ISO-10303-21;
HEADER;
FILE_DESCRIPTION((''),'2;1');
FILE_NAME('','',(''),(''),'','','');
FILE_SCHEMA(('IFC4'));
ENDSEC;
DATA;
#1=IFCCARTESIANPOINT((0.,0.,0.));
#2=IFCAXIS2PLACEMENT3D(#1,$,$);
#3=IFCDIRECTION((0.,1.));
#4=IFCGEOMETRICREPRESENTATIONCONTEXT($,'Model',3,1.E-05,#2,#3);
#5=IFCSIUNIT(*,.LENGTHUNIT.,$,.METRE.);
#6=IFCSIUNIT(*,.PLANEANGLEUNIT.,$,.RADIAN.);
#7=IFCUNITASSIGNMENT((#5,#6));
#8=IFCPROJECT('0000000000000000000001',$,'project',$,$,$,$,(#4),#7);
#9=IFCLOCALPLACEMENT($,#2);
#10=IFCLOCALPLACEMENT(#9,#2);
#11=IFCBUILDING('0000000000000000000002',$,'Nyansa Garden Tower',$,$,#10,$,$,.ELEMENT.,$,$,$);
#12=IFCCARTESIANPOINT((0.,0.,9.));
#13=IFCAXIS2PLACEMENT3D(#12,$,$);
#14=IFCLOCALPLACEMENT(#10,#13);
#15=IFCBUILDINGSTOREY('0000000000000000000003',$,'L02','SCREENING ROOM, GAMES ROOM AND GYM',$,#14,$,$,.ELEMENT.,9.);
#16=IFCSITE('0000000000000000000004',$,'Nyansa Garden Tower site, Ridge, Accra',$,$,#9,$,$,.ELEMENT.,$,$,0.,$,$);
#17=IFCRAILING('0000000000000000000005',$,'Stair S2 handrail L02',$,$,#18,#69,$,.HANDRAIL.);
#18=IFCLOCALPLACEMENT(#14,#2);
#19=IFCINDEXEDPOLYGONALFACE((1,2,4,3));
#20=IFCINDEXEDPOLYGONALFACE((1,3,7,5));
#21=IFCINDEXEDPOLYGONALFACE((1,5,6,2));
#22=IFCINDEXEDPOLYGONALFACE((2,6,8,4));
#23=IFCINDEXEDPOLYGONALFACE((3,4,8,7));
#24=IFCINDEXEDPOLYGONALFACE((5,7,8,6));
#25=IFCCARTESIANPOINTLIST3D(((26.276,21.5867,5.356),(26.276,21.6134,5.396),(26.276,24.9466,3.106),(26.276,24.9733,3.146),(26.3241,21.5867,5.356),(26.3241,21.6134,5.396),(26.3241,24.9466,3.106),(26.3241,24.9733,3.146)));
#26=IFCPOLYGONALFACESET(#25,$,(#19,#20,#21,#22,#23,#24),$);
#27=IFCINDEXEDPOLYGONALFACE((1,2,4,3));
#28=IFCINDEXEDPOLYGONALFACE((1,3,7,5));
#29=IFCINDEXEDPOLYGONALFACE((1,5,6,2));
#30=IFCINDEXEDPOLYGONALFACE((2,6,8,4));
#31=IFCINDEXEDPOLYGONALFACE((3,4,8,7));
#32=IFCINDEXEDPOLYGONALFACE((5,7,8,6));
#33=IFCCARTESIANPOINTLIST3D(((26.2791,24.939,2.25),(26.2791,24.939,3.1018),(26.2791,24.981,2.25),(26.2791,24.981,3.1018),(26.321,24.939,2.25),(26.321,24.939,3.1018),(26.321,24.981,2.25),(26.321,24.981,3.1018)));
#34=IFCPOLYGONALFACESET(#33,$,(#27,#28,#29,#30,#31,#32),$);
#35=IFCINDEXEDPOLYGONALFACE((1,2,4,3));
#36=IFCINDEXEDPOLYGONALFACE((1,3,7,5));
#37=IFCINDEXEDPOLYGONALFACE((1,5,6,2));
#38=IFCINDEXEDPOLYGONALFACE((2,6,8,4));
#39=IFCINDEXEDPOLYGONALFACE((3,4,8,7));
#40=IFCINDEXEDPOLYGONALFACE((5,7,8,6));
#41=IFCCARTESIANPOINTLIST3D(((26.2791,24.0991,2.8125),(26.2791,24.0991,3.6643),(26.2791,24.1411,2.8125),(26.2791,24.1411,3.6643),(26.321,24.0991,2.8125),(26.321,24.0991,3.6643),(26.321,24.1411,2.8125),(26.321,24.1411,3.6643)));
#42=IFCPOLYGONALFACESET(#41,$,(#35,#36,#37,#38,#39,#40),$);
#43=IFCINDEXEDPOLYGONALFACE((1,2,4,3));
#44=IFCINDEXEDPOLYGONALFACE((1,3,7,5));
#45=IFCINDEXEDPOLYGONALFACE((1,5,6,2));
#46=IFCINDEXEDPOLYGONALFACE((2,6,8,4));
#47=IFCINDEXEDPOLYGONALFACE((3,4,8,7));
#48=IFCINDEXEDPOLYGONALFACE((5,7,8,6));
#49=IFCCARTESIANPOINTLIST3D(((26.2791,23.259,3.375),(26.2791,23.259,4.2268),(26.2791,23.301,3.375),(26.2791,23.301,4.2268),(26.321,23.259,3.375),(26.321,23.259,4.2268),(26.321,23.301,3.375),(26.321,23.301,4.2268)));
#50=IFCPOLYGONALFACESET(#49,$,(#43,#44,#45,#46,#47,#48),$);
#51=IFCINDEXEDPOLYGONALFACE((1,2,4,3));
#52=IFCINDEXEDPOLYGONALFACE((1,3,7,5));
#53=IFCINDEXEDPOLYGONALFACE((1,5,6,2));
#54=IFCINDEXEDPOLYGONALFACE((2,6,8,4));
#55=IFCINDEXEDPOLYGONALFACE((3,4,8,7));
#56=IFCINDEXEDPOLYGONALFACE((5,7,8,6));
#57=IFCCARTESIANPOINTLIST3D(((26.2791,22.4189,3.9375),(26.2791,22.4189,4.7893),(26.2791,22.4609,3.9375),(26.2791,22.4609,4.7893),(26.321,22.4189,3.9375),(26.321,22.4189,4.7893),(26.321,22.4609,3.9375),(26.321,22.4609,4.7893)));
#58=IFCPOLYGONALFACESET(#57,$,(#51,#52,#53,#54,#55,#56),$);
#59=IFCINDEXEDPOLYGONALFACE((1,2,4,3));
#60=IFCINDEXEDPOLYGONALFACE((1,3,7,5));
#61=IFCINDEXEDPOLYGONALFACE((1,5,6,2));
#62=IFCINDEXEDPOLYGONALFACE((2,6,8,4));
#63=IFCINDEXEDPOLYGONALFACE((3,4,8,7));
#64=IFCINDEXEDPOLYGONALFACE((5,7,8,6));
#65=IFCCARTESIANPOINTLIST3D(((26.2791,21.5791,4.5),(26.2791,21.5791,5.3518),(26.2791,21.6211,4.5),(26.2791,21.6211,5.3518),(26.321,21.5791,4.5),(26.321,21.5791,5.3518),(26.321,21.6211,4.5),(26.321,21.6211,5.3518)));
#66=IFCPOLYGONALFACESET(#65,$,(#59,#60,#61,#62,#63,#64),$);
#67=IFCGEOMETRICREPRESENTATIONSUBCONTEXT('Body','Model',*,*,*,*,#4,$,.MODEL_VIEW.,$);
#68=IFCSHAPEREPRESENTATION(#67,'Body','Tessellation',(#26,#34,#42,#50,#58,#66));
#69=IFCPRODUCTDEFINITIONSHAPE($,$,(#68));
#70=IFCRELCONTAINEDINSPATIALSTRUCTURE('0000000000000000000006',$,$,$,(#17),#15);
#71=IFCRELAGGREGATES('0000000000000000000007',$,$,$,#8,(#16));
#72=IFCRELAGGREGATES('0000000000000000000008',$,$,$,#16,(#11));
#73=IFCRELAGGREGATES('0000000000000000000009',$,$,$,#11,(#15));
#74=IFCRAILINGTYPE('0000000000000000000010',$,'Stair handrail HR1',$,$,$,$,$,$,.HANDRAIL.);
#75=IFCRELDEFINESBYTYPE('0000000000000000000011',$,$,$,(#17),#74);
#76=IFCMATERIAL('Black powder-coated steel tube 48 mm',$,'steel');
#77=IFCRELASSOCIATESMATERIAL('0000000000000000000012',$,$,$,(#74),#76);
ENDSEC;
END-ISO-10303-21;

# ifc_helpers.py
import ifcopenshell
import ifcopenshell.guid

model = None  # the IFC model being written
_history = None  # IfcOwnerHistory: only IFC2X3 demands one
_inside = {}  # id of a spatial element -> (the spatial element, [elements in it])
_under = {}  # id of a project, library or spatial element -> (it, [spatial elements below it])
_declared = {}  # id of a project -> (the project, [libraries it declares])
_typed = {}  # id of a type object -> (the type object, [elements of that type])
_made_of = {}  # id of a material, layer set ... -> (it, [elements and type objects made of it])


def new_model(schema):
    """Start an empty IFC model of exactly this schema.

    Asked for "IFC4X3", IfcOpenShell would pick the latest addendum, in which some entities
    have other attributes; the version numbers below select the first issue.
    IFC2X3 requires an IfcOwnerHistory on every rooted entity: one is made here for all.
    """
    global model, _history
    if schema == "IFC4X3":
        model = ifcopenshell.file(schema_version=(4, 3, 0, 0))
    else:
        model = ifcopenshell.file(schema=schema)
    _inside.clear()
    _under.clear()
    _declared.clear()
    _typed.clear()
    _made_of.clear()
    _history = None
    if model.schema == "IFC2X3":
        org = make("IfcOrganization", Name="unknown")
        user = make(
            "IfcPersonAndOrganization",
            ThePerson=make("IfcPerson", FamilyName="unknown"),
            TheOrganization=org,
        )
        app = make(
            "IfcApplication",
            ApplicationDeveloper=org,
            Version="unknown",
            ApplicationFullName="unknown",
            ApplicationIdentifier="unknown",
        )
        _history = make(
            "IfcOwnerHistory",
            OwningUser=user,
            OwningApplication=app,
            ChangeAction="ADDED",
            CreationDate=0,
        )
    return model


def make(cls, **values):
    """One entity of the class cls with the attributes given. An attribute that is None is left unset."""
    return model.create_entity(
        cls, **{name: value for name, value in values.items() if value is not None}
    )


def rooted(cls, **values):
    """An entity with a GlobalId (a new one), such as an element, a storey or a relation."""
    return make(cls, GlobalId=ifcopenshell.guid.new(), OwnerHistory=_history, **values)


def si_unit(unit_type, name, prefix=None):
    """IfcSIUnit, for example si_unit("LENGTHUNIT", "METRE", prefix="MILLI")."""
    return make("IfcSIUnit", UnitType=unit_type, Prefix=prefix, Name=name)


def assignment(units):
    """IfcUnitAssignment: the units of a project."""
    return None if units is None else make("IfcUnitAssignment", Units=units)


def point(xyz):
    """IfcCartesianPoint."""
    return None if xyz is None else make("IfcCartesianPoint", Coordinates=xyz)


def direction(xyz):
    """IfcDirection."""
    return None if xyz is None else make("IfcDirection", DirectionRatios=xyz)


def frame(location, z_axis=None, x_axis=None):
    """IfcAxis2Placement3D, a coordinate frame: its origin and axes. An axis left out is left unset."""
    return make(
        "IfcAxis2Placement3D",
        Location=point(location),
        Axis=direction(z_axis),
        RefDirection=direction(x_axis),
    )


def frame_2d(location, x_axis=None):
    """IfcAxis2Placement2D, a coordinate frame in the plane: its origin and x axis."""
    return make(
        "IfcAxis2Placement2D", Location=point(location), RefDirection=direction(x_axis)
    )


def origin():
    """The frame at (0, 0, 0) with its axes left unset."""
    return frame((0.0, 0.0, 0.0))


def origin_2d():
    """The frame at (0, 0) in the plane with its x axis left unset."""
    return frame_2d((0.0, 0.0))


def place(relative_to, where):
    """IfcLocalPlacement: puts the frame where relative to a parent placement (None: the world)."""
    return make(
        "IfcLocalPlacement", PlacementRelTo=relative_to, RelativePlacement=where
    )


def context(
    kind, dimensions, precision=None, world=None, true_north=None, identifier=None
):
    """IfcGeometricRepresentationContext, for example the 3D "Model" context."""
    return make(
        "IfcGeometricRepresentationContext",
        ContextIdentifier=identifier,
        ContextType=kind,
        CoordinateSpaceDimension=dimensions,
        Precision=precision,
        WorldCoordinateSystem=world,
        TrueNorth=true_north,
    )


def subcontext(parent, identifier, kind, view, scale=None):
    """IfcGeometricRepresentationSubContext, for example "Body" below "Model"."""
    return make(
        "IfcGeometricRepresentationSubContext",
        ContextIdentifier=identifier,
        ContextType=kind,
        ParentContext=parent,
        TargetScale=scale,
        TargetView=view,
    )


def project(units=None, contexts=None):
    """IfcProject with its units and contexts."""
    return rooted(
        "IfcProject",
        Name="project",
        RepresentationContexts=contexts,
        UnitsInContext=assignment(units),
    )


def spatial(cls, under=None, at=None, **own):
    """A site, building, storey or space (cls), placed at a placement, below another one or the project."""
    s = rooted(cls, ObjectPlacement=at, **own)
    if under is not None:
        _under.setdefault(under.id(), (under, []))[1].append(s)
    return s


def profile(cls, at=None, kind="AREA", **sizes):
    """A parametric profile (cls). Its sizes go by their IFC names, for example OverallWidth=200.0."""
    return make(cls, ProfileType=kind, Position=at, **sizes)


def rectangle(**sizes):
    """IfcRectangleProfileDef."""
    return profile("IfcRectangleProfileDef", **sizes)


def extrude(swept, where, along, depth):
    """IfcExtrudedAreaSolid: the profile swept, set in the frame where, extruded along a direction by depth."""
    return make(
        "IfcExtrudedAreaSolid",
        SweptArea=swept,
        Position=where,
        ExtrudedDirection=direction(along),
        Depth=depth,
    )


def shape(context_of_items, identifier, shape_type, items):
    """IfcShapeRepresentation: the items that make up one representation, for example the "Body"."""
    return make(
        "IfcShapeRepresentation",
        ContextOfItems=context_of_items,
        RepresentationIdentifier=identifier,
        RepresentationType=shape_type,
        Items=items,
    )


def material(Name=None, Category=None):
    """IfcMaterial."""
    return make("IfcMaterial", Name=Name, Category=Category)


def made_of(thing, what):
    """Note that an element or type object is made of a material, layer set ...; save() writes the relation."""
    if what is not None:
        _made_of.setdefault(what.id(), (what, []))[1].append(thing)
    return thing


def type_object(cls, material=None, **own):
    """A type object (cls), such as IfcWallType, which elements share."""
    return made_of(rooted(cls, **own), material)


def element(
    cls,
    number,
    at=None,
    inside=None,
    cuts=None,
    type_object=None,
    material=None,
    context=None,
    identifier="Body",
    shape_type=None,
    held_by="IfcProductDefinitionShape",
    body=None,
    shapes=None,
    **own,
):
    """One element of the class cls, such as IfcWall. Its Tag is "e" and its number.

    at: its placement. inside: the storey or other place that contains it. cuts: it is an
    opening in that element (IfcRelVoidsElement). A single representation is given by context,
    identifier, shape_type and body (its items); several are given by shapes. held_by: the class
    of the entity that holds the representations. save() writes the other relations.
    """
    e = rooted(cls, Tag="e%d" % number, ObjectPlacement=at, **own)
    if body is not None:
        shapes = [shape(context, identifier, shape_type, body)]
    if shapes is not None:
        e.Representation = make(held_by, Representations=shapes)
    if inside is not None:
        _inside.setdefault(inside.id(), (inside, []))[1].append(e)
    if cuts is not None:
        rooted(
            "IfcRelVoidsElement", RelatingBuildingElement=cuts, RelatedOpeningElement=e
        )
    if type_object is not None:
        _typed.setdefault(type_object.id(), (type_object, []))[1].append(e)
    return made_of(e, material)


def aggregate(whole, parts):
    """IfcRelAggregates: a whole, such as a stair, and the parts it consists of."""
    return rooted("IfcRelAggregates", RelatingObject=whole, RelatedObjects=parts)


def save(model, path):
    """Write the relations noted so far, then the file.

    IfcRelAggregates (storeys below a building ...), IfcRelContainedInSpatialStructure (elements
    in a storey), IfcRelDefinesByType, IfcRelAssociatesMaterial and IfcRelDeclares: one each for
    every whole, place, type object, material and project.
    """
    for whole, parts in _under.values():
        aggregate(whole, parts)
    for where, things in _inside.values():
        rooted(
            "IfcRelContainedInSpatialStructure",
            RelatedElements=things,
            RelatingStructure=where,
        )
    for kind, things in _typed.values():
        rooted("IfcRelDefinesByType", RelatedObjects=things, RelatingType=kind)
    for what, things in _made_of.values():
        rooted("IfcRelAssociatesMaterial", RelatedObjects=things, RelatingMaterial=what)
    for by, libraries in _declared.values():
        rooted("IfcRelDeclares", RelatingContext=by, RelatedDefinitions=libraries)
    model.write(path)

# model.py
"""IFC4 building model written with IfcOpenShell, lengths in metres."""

from ifc_helpers import new_model, si_unit, direction, frame, origin, origin_2d, place, context, subcontext, project, spatial, rectangle, extrude, material, type_object, element, save


model = new_model("IFC4")

# Units and contexts
model_context = context("Model", 3, precision=1e-05, world=origin(), true_north=direction((0.0, 1.0)))
body_context = subcontext(model_context, "Body", "Model", "MODEL_VIEW")
ifc_project = project(units=[si_unit("LENGTHUNIT", "METRE"), si_unit("PLANEANGLEUNIT", "RADIAN")], contexts=[model_context])

# Site, building, storey
site_placement = place(None, origin())
site = spatial("IfcSite", under=ifc_project, at=site_placement, Name="Nyansa Garden Tower site, Ridge, Accra", CompositionType="ELEMENT", RefElevation=0.0)
building_placement = place(site_placement, origin())
building = spatial("IfcBuilding", under=site, at=building_placement, Name="Nyansa Garden Tower", CompositionType="ELEMENT")
storey_placement = place(building_placement, frame((0.0, 0.0, 9.0)))
storey = spatial("IfcBuildingStorey", under=building, at=storey_placement, Name="L02", Description="SCREENING ROOM, GAMES ROOM AND GYM", CompositionType="ELEMENT", Elevation=9.0)

# Railing
ifc_material_1 = material(Name="Black powder-coated steel tube 48 mm", Category="steel")
railing_type = type_object("IfcRailingType", Name="Stair handrail HR1", PredefinedType="HANDRAIL", material=ifc_material_1)
railing_1_placement = place(storey_placement, frame((26.3, 24.96, 2.25)))
element("IfcRailing", 1, at=railing_1_placement, inside=storey, type_object=railing_type, Name="Stair S2 handrail L02", PredefinedType="HANDRAIL", context=body_context, shape_type="SweptSolid", body=[
    extrude(rectangle(XDim=0.0481, YDim=0.0481, at=origin_2d()), frame((0.0, 0.0, 0.876), z_axis=(0.0, -0.830897, 0.556427), x_axis=(1.0, 0.0, 0.0)), (0.0, 0.0, 1.0), 4.0437),
    extrude(rectangle(XDim=0.042, YDim=0.042, at=origin_2d()), origin(), (0.0, 0.0, 1.0), 0.8518),
    extrude(rectangle(XDim=0.042, YDim=0.042, at=origin_2d()), frame((0.0, -0.8398, 0.5625)), (0.0, 0.0, 1.0), 0.8518),
    extrude(rectangle(XDim=0.042, YDim=0.042, at=origin_2d()), frame((0.0, -1.6799, 1.125)), (0.0, 0.0, 1.0), 0.8518),
    extrude(rectangle(XDim=0.042, YDim=0.042, at=origin_2d()), frame((0.0, -2.52, 1.6875)), (0.0, 0.0, 1.0), 0.8518),
    extrude(rectangle(XDim=0.042, YDim=0.042, at=origin_2d()), frame((0.0, -3.3599, 2.25)), (0.0, 0.0, 1.0), 0.8518),
])

save(model, "model.ifc")
